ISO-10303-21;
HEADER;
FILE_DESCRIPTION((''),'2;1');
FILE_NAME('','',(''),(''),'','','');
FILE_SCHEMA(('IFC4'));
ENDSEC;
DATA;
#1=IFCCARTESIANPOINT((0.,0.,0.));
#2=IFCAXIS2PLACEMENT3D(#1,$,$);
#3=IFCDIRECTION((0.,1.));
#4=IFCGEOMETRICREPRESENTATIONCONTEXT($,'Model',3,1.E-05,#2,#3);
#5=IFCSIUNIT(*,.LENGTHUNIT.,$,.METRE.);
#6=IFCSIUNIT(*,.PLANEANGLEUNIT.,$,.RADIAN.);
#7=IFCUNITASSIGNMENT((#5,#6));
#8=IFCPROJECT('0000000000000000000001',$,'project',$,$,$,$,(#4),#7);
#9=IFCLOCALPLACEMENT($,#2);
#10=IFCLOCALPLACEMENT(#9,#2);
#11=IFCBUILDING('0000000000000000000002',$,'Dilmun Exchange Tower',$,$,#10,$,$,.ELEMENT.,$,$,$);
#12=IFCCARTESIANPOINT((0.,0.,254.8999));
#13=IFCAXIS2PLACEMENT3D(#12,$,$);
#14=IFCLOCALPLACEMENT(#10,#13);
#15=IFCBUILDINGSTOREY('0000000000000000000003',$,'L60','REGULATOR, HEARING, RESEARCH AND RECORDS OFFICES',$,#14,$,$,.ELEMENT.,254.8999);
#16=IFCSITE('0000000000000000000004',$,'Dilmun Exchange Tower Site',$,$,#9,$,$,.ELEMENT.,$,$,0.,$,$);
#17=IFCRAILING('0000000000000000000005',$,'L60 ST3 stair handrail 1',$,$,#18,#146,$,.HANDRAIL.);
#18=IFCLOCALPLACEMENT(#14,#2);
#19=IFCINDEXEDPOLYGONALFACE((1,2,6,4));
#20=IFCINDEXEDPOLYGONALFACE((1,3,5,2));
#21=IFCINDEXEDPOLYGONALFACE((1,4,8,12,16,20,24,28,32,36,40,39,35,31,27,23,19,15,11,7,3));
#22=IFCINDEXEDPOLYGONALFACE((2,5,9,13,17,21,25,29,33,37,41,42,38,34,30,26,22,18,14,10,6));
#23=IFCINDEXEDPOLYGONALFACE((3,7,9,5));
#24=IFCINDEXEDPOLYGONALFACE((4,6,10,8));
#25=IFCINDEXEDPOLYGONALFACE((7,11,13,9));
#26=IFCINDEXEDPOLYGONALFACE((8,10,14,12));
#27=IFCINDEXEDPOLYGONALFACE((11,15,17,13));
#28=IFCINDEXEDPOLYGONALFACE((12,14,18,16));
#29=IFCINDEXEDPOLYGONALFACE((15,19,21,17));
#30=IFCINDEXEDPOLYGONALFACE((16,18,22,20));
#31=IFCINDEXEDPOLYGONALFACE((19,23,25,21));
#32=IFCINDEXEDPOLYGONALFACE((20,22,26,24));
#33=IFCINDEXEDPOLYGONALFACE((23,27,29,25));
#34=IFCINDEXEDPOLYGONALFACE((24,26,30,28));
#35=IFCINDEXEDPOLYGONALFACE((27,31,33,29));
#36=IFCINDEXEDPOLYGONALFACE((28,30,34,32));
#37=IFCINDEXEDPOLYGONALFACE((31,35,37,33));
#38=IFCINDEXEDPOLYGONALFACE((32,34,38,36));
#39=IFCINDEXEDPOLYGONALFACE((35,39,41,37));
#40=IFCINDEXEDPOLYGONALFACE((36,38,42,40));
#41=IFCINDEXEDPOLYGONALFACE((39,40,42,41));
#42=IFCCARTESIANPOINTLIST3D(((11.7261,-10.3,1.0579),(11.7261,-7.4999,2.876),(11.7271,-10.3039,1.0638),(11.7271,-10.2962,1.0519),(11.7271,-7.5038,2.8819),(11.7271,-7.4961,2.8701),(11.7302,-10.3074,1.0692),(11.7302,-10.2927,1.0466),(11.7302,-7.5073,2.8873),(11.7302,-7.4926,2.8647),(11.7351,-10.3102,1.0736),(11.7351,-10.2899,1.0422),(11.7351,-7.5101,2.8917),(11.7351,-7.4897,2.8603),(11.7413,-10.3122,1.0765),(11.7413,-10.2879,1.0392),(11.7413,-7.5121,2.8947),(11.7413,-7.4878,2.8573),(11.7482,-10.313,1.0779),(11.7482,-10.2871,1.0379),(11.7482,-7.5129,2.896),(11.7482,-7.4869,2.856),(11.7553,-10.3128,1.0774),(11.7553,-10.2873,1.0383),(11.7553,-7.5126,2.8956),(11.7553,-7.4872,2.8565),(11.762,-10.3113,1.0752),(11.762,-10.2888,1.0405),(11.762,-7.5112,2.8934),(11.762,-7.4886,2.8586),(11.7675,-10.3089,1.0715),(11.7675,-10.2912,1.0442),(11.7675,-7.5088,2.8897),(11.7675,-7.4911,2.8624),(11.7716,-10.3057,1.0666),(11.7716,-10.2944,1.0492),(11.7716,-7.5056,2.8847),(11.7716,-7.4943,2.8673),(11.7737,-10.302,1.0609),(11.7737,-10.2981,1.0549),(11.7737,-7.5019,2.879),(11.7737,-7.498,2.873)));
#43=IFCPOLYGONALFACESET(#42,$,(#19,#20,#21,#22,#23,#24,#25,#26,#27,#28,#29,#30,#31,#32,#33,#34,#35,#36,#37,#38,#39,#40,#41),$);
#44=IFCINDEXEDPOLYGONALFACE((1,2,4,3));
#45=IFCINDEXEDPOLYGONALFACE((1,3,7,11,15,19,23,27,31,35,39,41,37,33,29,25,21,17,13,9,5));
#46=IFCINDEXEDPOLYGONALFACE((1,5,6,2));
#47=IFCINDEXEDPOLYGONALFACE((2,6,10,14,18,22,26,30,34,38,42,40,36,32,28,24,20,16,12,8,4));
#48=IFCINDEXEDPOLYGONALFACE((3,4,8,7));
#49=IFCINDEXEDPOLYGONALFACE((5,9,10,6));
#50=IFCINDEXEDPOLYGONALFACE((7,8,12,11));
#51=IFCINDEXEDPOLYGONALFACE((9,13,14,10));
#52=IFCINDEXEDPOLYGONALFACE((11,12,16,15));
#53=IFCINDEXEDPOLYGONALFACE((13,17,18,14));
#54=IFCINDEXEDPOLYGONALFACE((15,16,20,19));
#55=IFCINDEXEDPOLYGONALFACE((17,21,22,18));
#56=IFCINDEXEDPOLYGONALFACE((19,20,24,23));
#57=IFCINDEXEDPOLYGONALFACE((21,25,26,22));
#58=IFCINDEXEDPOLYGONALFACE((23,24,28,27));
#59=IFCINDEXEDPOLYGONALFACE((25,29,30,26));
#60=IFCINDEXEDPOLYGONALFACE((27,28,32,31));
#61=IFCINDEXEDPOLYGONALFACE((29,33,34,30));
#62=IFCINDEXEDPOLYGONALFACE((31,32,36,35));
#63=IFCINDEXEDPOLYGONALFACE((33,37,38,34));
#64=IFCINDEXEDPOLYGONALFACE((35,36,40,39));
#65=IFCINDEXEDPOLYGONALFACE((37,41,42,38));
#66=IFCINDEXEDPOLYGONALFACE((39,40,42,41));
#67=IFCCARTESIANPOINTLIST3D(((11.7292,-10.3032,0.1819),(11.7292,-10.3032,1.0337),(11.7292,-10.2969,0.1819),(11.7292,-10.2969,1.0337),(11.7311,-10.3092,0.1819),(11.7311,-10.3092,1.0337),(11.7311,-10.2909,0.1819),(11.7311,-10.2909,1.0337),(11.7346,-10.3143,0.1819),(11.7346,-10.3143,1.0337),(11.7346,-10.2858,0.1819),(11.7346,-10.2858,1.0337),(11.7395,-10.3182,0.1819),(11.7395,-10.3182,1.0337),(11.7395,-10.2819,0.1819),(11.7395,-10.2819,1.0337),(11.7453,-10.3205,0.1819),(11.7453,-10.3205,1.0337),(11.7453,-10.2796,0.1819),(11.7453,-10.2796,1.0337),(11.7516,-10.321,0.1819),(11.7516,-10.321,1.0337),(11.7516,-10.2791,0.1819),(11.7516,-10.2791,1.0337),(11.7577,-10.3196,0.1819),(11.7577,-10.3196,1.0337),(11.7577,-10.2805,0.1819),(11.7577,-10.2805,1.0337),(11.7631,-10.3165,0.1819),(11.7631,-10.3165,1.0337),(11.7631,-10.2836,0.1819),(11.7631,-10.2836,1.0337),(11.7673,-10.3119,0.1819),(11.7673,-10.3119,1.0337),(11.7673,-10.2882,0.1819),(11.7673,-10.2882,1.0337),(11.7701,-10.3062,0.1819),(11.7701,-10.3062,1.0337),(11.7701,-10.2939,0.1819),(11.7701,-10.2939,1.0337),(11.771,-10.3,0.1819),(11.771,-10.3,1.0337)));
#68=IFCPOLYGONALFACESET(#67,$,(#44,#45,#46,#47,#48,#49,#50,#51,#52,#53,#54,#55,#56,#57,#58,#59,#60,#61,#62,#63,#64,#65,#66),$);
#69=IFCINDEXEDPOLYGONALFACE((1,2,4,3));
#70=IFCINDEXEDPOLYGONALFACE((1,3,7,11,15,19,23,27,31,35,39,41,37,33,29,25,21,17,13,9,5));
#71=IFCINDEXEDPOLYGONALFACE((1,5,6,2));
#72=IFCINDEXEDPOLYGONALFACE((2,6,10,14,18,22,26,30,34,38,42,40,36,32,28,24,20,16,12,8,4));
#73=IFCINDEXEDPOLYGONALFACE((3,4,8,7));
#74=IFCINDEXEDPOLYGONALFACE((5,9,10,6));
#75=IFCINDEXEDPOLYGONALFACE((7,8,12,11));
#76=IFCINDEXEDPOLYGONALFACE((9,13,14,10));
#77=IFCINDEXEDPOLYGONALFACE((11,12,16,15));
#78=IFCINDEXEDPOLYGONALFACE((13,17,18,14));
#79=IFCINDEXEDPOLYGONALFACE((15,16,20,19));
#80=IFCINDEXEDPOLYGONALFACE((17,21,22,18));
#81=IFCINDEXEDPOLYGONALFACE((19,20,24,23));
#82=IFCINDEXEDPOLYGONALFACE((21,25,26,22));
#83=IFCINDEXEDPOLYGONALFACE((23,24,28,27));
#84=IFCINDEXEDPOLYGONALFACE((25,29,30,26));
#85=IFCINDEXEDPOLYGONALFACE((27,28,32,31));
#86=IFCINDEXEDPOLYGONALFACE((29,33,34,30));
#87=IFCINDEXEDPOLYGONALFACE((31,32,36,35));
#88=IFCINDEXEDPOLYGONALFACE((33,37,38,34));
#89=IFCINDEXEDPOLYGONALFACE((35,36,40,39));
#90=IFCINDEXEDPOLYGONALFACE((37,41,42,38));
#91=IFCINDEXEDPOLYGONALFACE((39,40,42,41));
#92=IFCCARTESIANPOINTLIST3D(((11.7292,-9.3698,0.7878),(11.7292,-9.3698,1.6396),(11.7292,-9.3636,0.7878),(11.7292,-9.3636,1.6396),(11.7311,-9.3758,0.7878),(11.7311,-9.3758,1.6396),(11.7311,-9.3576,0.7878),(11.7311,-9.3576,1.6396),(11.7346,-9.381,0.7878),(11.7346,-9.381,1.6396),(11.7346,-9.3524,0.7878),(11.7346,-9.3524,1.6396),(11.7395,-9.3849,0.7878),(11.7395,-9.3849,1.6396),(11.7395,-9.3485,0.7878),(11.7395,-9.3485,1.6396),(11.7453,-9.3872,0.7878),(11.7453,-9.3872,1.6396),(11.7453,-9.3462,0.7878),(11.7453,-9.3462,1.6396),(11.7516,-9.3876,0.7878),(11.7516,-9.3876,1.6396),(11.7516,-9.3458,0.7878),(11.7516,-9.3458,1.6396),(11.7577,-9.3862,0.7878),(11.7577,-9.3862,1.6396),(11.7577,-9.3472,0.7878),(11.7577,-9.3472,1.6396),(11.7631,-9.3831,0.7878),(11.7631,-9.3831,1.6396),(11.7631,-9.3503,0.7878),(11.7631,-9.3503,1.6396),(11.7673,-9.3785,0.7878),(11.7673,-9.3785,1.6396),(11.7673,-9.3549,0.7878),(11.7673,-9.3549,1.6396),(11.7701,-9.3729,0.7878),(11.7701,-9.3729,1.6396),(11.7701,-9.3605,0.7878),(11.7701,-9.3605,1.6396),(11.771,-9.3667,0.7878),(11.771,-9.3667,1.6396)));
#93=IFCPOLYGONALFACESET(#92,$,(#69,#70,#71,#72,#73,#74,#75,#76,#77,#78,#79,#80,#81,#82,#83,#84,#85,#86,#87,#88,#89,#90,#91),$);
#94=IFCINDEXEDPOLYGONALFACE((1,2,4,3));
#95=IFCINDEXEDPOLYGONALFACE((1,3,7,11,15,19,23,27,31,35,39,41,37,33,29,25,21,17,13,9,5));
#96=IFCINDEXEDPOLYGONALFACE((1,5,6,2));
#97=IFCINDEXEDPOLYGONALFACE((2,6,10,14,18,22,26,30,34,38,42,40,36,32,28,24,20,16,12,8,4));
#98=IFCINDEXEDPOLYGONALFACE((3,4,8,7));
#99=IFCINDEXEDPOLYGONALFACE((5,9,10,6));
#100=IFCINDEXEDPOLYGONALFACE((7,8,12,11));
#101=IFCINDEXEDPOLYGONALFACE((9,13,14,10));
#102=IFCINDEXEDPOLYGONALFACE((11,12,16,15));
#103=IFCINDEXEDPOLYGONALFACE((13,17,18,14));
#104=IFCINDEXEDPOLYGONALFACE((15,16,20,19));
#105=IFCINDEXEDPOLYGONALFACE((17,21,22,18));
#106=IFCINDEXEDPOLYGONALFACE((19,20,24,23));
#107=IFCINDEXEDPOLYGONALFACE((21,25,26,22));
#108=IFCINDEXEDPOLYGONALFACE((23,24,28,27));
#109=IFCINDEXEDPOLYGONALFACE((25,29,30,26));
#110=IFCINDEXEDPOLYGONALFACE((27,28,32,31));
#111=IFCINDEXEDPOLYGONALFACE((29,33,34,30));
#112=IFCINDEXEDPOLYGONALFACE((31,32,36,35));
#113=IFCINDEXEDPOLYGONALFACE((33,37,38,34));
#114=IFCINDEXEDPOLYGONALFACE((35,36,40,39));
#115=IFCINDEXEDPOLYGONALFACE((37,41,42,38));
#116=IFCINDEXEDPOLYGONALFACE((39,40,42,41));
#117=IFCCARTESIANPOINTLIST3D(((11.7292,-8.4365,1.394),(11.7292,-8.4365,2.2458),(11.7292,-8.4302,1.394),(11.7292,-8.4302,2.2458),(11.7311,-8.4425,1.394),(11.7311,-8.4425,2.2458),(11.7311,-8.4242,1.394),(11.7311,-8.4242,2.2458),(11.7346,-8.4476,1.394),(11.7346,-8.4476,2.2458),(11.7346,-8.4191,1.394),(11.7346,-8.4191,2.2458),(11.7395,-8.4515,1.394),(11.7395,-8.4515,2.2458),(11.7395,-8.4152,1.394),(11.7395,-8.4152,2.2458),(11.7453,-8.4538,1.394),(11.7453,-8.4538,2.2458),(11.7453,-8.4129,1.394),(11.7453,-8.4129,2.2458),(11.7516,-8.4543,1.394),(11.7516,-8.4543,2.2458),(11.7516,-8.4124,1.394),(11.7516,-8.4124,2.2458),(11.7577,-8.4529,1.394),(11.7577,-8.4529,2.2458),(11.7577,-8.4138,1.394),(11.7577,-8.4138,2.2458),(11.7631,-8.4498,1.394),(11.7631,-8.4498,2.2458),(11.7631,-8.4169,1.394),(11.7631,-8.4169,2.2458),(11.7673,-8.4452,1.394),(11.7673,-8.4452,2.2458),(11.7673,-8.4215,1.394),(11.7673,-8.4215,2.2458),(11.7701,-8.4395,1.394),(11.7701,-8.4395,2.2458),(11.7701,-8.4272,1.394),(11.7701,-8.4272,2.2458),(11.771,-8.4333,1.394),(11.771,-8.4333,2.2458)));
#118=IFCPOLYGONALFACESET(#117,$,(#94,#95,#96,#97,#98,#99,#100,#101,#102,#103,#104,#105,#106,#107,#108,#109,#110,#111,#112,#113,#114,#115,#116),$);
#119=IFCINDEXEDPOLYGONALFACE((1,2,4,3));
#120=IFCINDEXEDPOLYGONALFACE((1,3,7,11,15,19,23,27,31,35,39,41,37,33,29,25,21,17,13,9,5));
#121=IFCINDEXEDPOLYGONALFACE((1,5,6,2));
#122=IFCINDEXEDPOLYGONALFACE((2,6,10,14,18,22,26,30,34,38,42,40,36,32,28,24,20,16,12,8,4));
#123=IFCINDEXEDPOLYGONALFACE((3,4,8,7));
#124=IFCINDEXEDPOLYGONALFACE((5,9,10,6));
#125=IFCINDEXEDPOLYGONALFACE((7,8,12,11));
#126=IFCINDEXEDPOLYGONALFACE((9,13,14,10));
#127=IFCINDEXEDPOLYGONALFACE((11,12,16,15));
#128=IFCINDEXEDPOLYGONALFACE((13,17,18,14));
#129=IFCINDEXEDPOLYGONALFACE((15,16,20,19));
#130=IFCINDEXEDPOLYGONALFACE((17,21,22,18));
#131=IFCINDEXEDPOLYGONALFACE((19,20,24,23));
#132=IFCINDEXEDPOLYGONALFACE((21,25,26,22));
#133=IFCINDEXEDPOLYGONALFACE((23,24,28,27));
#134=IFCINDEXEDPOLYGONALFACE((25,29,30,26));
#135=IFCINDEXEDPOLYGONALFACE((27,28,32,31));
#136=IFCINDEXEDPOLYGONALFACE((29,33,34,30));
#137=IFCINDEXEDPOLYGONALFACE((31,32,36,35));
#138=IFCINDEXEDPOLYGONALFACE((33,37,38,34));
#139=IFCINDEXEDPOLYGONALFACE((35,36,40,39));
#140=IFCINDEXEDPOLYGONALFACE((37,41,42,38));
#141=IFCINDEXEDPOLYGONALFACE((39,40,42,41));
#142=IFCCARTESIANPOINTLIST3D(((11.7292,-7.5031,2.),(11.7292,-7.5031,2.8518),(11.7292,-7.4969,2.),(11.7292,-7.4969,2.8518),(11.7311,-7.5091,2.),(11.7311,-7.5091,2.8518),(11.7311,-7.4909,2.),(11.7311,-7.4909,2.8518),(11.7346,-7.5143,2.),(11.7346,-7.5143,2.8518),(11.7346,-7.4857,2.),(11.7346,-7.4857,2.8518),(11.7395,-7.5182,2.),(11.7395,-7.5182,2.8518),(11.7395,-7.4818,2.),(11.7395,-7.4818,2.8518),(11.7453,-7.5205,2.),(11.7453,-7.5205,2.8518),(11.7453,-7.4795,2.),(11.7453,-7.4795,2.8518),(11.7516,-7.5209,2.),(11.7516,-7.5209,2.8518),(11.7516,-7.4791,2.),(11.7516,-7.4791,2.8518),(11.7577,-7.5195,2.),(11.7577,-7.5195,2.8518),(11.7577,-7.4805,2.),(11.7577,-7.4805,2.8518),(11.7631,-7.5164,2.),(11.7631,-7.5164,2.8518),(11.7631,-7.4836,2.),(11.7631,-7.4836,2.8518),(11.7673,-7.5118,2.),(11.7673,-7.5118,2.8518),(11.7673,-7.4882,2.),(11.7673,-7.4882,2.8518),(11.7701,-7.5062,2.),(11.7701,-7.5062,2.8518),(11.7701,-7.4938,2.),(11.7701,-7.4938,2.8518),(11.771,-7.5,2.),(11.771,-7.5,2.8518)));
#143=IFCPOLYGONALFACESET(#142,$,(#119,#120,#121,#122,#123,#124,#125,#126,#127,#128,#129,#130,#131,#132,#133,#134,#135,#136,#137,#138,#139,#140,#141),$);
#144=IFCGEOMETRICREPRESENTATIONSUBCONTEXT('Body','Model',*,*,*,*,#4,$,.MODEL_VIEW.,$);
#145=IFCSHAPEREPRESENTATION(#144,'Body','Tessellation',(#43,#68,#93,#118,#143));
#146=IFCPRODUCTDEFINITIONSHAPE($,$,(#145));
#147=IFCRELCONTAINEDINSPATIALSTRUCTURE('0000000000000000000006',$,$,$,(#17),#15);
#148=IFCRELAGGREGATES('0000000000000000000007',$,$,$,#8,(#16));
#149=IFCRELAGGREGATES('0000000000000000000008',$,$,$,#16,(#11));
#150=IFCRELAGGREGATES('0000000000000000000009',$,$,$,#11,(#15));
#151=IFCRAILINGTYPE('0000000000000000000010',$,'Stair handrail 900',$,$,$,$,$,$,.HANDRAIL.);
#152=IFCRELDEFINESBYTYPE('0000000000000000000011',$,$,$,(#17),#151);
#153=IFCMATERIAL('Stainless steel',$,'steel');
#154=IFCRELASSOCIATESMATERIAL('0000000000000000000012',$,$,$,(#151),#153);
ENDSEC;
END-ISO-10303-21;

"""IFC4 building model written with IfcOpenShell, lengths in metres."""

from ifc_helpers import new_model, si_unit, direction, frame, origin, origin_2d, place, context, subcontext, project, spatial, circle, extrude, material, type_object, element, save


model = new_model("IFC4")

# Units and contexts
model_context = context("Model", 3, precision=1e-05, world=origin(), true_north=direction((0.0, 1.0)))
body_context = subcontext(model_context, "Body", "Model", "MODEL_VIEW")
ifc_project = project(units=[si_unit("LENGTHUNIT", "METRE"), si_unit("PLANEANGLEUNIT", "RADIAN")], contexts=[model_context])

# Site, building, storey
site_placement = place(None, origin())
site = spatial("IfcSite", under=ifc_project, at=site_placement, Name="Dilmun Exchange Tower Site", CompositionType="ELEMENT", RefElevation=0.0)
building_placement = place(site_placement, origin())
building = spatial("IfcBuilding", under=site, at=building_placement, Name="Dilmun Exchange Tower", CompositionType="ELEMENT")
storey_placement = place(building_placement, frame((0.0, 0.0, 254.8999)))
storey = spatial("IfcBuildingStorey", under=building, at=storey_placement, Name="L60", Description="REGULATOR, HEARING, RESEARCH AND RECORDS OFFICES", CompositionType="ELEMENT", Elevation=254.8999)

# Railing
ifc_material_1 = material(Name="Stainless steel", Category="steel")
railing_type = type_object("IfcRailingType", Name="Stair handrail 900", PredefinedType="HANDRAIL", material=ifc_material_1)
railing_1_placement = place(storey_placement, frame((11.75, -10.3, 0.1819)))
element("IfcRailing", 1, at=railing_1_placement, inside=storey, type_object=railing_type, Name="L60 ST3 stair handrail 1", PredefinedType="HANDRAIL", context=body_context, shape_type="SweptSolid", body=[
    extrude(circle(Radius=0.0239, at=origin_2d()), frame((0.0, 0.0, 0.876), z_axis=(0.0, 0.838706, 0.544585), x_axis=(-1.0, 0.0, 0.0)), (0.0, 0.0, 1.0), 3.3386),
    extrude(circle(Radius=0.021, at=origin_2d()), origin(), (0.0, 0.0, 1.0), 0.8518),
    extrude(circle(Radius=0.021, at=origin_2d()), frame((0.0, 0.9333, 0.606)), (0.0, 0.0, 1.0), 0.8518),
    extrude(circle(Radius=0.021, at=origin_2d()), frame((0.0, 1.8667, 1.2122)), (0.0, 0.0, 1.0), 0.8518),
    extrude(circle(Radius=0.021, at=origin_2d()), frame((0.0, 2.8, 1.8181)), (0.0, 0.0, 1.0), 0.8518),
])

save(model, "model.ifc")
